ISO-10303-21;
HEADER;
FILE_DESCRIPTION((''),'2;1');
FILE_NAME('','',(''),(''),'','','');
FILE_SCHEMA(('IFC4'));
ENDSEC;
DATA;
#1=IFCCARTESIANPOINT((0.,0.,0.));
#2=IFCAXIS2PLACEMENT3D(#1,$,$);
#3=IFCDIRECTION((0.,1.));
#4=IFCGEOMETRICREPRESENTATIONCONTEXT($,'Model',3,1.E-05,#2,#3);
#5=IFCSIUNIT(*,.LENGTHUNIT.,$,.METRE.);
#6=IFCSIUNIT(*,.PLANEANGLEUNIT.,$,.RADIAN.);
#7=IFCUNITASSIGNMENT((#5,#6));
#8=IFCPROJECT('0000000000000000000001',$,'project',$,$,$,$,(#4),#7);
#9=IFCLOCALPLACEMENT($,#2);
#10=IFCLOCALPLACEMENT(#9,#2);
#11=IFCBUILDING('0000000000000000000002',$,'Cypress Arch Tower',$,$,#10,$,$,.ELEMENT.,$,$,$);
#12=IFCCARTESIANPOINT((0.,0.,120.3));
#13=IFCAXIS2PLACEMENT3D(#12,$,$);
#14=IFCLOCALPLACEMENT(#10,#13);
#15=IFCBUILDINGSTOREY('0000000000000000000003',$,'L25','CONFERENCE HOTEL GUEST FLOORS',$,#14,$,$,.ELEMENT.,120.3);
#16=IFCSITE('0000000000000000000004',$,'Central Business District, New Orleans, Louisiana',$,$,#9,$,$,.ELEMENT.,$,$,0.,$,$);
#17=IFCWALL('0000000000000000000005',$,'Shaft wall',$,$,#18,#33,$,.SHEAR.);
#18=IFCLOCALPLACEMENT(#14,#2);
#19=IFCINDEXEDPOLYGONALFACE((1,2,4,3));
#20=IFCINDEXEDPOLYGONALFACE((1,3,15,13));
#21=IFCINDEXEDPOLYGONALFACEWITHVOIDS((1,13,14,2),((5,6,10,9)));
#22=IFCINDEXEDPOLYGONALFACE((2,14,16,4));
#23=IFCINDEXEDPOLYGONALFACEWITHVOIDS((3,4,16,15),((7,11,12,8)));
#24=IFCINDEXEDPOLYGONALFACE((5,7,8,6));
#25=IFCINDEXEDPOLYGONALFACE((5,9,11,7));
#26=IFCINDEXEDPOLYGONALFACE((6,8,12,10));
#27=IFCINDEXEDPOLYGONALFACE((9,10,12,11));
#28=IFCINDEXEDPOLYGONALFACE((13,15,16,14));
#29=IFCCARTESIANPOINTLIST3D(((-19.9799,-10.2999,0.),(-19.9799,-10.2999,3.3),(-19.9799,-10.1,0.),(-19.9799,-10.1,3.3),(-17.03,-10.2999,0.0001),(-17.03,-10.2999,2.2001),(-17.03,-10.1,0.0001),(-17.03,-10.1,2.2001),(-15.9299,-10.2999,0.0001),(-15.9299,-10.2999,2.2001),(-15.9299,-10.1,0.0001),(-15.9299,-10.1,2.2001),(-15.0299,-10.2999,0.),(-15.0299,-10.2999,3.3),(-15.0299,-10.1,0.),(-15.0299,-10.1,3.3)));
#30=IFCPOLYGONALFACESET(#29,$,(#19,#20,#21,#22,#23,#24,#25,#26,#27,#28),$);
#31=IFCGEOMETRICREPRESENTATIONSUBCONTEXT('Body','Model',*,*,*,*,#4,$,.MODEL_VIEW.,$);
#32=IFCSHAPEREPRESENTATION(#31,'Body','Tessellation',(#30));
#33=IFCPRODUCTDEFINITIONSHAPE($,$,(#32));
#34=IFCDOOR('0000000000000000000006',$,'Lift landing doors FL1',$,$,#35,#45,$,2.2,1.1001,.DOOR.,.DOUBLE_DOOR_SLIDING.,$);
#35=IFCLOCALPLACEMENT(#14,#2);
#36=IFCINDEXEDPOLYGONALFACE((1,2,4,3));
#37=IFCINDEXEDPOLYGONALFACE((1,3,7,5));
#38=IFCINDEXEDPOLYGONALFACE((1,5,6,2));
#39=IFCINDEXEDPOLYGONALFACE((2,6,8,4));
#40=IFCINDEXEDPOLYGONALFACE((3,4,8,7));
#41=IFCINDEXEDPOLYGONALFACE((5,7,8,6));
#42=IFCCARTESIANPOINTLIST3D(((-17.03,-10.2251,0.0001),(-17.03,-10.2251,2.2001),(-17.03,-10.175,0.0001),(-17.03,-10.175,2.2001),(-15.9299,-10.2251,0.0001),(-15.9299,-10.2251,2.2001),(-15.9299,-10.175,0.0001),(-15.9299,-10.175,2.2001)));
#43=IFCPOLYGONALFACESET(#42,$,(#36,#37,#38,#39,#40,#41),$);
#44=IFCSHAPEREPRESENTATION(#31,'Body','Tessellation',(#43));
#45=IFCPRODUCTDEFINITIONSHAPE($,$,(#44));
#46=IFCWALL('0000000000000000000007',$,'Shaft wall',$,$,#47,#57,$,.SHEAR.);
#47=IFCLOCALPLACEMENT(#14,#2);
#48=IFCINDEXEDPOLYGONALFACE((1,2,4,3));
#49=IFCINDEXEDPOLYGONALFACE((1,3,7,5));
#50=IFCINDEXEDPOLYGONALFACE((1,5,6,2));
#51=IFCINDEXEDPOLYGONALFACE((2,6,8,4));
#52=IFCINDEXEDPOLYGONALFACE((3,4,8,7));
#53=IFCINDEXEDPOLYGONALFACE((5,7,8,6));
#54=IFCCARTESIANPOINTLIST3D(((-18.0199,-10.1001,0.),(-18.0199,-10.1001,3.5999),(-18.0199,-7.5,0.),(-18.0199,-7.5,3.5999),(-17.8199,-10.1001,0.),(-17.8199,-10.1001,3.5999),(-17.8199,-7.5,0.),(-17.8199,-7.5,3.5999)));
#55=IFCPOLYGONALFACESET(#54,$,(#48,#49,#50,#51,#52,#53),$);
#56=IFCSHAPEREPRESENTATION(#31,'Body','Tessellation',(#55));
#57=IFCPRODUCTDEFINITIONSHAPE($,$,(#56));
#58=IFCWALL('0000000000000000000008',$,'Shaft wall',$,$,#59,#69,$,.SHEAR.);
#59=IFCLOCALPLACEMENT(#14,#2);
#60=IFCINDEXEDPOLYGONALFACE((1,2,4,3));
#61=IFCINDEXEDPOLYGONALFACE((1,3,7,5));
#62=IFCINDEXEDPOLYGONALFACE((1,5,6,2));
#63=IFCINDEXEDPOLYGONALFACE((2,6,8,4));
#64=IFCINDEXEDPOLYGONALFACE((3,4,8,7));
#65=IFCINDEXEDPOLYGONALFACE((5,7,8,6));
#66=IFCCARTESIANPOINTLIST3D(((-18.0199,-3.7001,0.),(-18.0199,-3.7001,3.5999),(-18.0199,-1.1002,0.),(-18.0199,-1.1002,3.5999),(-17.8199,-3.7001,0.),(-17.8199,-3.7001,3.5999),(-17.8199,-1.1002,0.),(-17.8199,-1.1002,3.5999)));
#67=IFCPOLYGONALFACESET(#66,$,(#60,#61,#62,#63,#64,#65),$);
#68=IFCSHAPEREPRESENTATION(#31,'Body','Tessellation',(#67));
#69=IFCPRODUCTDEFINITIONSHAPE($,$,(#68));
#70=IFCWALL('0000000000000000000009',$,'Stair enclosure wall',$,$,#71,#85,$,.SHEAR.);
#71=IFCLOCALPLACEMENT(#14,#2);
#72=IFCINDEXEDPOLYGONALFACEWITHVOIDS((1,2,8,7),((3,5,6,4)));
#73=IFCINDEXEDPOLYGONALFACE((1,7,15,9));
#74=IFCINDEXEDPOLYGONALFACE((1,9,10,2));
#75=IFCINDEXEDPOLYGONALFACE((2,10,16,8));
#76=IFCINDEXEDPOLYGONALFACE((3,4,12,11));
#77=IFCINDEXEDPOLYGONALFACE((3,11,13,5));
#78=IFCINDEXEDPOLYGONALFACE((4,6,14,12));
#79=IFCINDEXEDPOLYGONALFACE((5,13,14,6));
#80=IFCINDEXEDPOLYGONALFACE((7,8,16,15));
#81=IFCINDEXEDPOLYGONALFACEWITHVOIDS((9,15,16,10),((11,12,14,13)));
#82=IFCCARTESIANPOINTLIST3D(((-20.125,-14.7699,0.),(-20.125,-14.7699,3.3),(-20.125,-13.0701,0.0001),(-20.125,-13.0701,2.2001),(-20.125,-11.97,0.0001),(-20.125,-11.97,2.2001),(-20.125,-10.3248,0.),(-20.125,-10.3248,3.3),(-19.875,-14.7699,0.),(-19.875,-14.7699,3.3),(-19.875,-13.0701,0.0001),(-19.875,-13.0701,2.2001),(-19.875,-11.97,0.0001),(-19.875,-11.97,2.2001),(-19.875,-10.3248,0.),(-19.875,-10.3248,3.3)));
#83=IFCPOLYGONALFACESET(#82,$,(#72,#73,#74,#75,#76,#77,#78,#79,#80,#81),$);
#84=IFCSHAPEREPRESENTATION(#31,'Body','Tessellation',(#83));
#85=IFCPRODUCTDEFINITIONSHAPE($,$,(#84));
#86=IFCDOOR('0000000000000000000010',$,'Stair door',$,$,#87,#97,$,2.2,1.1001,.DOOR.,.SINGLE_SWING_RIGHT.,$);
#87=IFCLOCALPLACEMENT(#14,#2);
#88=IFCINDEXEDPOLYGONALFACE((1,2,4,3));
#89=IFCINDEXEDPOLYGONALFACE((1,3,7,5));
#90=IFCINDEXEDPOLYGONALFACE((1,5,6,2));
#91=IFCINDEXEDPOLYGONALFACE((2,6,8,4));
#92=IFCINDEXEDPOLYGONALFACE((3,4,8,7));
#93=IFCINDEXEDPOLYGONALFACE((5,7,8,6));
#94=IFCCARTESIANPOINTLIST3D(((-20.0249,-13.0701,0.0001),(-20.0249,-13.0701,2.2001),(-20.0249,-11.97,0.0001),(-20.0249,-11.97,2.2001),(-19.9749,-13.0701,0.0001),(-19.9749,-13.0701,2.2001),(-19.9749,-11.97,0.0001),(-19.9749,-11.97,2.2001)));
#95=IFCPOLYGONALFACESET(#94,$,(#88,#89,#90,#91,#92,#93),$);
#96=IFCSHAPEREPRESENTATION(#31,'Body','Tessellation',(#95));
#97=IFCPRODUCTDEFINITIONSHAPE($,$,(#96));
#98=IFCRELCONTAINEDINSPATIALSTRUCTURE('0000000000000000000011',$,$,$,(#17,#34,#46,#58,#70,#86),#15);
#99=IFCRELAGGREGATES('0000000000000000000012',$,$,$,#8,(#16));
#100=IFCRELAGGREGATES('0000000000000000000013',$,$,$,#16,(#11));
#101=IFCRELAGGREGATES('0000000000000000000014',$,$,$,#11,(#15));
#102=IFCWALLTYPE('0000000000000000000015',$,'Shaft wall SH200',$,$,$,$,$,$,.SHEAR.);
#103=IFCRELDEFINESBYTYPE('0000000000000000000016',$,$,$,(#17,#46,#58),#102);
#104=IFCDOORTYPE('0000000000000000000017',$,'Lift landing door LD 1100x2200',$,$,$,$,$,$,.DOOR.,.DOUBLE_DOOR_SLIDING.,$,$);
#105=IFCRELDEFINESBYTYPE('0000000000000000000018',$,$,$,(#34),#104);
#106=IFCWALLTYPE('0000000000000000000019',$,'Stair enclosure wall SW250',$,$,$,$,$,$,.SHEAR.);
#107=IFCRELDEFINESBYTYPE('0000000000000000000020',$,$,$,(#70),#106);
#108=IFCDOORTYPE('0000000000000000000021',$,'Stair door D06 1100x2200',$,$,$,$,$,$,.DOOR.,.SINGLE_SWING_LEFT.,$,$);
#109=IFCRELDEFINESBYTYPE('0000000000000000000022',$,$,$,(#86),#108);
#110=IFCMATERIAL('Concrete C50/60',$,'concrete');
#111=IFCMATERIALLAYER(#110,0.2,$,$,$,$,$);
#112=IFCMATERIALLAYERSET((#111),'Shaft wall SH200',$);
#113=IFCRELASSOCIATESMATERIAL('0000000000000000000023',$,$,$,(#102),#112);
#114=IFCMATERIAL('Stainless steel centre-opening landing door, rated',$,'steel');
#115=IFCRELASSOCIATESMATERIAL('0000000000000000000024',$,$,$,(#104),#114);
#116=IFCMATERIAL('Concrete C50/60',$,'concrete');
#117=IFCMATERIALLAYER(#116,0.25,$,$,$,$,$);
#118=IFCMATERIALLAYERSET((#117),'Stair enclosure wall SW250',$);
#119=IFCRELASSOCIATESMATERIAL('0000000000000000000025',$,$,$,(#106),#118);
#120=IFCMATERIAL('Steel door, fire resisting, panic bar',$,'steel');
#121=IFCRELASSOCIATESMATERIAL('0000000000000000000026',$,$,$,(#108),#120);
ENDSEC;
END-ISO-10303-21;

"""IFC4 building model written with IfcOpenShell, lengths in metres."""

from ifc_helpers import new_model, si_unit, direction, frame, frame_2d, origin, place, context, subcontext, project, spatial, rectangle, extrude, material, layer, layer_set, type_object, element, fill, save


model = new_model("IFC4")

# Units and contexts
model_context = context("Model", 3, precision=1e-05, world=origin(), true_north=direction((0.0, 1.0)))
body_context = subcontext(model_context, "Body", "Model", "MODEL_VIEW")
ifc_project = project(units=[si_unit("LENGTHUNIT", "METRE"), si_unit("PLANEANGLEUNIT", "RADIAN")], contexts=[model_context])

# Site, building, storey
site_placement = place(None, origin())
site = spatial("IfcSite", under=ifc_project, at=site_placement, Name="Central Business District, New Orleans, Louisiana", CompositionType="ELEMENT", RefElevation=0.0)
building_placement = place(site_placement, origin())
building = spatial("IfcBuilding", under=site, at=building_placement, Name="Cypress Arch Tower", CompositionType="ELEMENT")
storey_placement = place(building_placement, frame((0.0, 0.0, 120.3)))
storey = spatial("IfcBuildingStorey", under=building, at=storey_placement, Name="L25", Description="CONFERENCE HOTEL GUEST FLOORS", CompositionType="ELEMENT", Elevation=120.3)

# Wall, opening, door
ifc_material_1 = material(Name="Concrete C50/60", Category="concrete")
ifc_layer_1 = layer(ifc_material_1, 0.2)
ifc_layer_set_1 = layer_set([ifc_layer_1], Name="Shaft wall SH200")
wall_type_1 = type_object("IfcWallType", Name="Shaft wall SH200", PredefinedType="SHEAR", material=ifc_layer_set_1)
wall_1_placement = place(storey_placement, frame((-19.98, -10.2, 0.0), z_axis=(0.0, 0.0, 1.0), x_axis=(1.0, 0.0, 0.0)))
wall_1 = element("IfcWall", 1, at=wall_1_placement, inside=storey, type_object=wall_type_1, Name="Shaft wall", PredefinedType="SHEAR", context=body_context, shape_type="SweptSolid", body=[
    extrude(rectangle(XDim=4.95, YDim=0.2, at=frame_2d((2.4751, 0.0))), origin(), (0.0, 0.0, 1.0), 3.3),
])
opening_1_placement = place(wall_1_placement, frame((2.95, 0.0, 0.0)))
opening_1 = element("IfcOpeningElement", 2, at=opening_1_placement, cuts=wall_1, PredefinedType="OPENING", context=body_context, shape_type="SweptSolid", body=[
    extrude(rectangle(XDim=1.1001, YDim=2.2, at=frame_2d((0.55, 1.1001))), frame((0.0, 0.1099, 0.0), z_axis=(0.0, -1.0, 0.0), x_axis=(1.0, 0.0, 0.0)), (0.0, 0.0, 1.0), 0.22),
])
ifc_material_2 = material(Name="Stainless steel centre-opening landing door, rated", Category="steel")
door_type_1 = type_object("IfcDoorType", Name="Lift landing door LD 1100x2200", OperationType="DOUBLE_DOOR_SLIDING", PredefinedType="DOOR", material=ifc_material_2)
door_1_placement = place(opening_1_placement, origin())
door_1 = element("IfcDoor", 3, at=door_1_placement, inside=storey, type_object=door_type_1, Name="Lift landing doors FL1", OperationType="DOUBLE_DOOR_SLIDING", OverallHeight=2.2, OverallWidth=1.1001, PredefinedType="DOOR", context=body_context, shape_type="SweptSolid", body=[
    extrude(rectangle(XDim=1.1001, YDim=2.2, at=frame_2d((0.55, 1.1001))), frame((0.0, 0.0249, 0.0), z_axis=(0.0, -1.0, 0.0), x_axis=(1.0, 0.0, 0.0)), (0.0, 0.0, 1.0), 0.05),
])
fill(opening_1, door_1)

# Walls
wall_2_placement = place(storey_placement, frame((-17.9199, -10.1001, 0.0), z_axis=(0.0, 0.0, 1.0), x_axis=(0.0, 1.0, 0.0)))
element("IfcWall", 4, at=wall_2_placement, inside=storey, type_object=wall_type_1, Name="Shaft wall", PredefinedType="SHEAR", context=body_context, shape_type="SweptSolid", body=[
    extrude(rectangle(XDim=2.6001, YDim=0.2, at=frame_2d((1.3, 0.0))), origin(), (0.0, 0.0, 1.0), 3.5999),
])
wall_3_placement = place(storey_placement, frame((-17.9199, -3.7, 0.0), z_axis=(0.0, 0.0, 1.0), x_axis=(0.0, 1.0, 0.0)))
element("IfcWall", 5, at=wall_3_placement, inside=storey, type_object=wall_type_1, Name="Shaft wall", PredefinedType="SHEAR", context=body_context, shape_type="SweptSolid", body=[
    extrude(rectangle(XDim=2.5999, YDim=0.2, at=frame_2d((1.2998, 0.0))), origin(), (0.0, 0.0, 1.0), 3.5999),
])

# Wall, opening, door
ifc_material_3 = material(Name="Concrete C50/60", Category="concrete")
ifc_layer_2 = layer(ifc_material_3, 0.25)
ifc_layer_set_2 = layer_set([ifc_layer_2], Name="Stair enclosure wall SW250")
wall_type_2 = type_object("IfcWallType", Name="Stair enclosure wall SW250", PredefinedType="SHEAR", material=ifc_layer_set_2)
wall_4_placement = place(storey_placement, frame((-20.0, -14.77, 0.0), z_axis=(0.0, 0.0, 1.0), x_axis=(0.0, 1.0, 0.0)))
wall_4 = element("IfcWall", 6, at=wall_4_placement, inside=storey, type_object=wall_type_2, Name="Stair enclosure wall", PredefinedType="SHEAR", context=body_context, shape_type="SweptSolid", body=[
    extrude(rectangle(XDim=4.4451, YDim=0.25, at=frame_2d((2.2227, 0.0))), origin(), (0.0, 0.0, 1.0), 3.3),
])
opening_2_placement = place(wall_4_placement, frame((1.7, 0.0, 0.0)))
opening_2 = element("IfcOpeningElement", 7, at=opening_2_placement, cuts=wall_4, PredefinedType="OPENING", context=body_context, shape_type="SweptSolid", body=[
    extrude(rectangle(XDim=1.1001, YDim=2.2, at=frame_2d((0.55, 1.1001))), frame((0.0, 0.135, 0.0), z_axis=(0.0, -1.0, 0.0), x_axis=(1.0, 0.0, 0.0)), (0.0, 0.0, 1.0), 0.27),
])
ifc_material_4 = material(Name="Steel door, fire resisting, panic bar", Category="steel")
door_type_2 = type_object("IfcDoorType", Name="Stair door D06 1100x2200", OperationType="SINGLE_SWING_LEFT", PredefinedType="DOOR", material=ifc_material_4)
door_2_placement = place(opening_2_placement, origin())
door_2 = element("IfcDoor", 8, at=door_2_placement, inside=storey, type_object=door_type_2, Name="Stair door", OperationType="SINGLE_SWING_RIGHT", OverallHeight=2.2, OverallWidth=1.1001, PredefinedType="DOOR", context=body_context, shape_type="SweptSolid", body=[
    extrude(rectangle(XDim=1.1001, YDim=2.2, at=frame_2d((0.55, 1.1001))), frame((0.0, 0.0249, 0.0), z_axis=(0.0, -1.0, 0.0), x_axis=(1.0, 0.0, 0.0)), (0.0, 0.0, 1.0), 0.05),
])
fill(opening_2, door_2)

save(model, "model.ifc")
